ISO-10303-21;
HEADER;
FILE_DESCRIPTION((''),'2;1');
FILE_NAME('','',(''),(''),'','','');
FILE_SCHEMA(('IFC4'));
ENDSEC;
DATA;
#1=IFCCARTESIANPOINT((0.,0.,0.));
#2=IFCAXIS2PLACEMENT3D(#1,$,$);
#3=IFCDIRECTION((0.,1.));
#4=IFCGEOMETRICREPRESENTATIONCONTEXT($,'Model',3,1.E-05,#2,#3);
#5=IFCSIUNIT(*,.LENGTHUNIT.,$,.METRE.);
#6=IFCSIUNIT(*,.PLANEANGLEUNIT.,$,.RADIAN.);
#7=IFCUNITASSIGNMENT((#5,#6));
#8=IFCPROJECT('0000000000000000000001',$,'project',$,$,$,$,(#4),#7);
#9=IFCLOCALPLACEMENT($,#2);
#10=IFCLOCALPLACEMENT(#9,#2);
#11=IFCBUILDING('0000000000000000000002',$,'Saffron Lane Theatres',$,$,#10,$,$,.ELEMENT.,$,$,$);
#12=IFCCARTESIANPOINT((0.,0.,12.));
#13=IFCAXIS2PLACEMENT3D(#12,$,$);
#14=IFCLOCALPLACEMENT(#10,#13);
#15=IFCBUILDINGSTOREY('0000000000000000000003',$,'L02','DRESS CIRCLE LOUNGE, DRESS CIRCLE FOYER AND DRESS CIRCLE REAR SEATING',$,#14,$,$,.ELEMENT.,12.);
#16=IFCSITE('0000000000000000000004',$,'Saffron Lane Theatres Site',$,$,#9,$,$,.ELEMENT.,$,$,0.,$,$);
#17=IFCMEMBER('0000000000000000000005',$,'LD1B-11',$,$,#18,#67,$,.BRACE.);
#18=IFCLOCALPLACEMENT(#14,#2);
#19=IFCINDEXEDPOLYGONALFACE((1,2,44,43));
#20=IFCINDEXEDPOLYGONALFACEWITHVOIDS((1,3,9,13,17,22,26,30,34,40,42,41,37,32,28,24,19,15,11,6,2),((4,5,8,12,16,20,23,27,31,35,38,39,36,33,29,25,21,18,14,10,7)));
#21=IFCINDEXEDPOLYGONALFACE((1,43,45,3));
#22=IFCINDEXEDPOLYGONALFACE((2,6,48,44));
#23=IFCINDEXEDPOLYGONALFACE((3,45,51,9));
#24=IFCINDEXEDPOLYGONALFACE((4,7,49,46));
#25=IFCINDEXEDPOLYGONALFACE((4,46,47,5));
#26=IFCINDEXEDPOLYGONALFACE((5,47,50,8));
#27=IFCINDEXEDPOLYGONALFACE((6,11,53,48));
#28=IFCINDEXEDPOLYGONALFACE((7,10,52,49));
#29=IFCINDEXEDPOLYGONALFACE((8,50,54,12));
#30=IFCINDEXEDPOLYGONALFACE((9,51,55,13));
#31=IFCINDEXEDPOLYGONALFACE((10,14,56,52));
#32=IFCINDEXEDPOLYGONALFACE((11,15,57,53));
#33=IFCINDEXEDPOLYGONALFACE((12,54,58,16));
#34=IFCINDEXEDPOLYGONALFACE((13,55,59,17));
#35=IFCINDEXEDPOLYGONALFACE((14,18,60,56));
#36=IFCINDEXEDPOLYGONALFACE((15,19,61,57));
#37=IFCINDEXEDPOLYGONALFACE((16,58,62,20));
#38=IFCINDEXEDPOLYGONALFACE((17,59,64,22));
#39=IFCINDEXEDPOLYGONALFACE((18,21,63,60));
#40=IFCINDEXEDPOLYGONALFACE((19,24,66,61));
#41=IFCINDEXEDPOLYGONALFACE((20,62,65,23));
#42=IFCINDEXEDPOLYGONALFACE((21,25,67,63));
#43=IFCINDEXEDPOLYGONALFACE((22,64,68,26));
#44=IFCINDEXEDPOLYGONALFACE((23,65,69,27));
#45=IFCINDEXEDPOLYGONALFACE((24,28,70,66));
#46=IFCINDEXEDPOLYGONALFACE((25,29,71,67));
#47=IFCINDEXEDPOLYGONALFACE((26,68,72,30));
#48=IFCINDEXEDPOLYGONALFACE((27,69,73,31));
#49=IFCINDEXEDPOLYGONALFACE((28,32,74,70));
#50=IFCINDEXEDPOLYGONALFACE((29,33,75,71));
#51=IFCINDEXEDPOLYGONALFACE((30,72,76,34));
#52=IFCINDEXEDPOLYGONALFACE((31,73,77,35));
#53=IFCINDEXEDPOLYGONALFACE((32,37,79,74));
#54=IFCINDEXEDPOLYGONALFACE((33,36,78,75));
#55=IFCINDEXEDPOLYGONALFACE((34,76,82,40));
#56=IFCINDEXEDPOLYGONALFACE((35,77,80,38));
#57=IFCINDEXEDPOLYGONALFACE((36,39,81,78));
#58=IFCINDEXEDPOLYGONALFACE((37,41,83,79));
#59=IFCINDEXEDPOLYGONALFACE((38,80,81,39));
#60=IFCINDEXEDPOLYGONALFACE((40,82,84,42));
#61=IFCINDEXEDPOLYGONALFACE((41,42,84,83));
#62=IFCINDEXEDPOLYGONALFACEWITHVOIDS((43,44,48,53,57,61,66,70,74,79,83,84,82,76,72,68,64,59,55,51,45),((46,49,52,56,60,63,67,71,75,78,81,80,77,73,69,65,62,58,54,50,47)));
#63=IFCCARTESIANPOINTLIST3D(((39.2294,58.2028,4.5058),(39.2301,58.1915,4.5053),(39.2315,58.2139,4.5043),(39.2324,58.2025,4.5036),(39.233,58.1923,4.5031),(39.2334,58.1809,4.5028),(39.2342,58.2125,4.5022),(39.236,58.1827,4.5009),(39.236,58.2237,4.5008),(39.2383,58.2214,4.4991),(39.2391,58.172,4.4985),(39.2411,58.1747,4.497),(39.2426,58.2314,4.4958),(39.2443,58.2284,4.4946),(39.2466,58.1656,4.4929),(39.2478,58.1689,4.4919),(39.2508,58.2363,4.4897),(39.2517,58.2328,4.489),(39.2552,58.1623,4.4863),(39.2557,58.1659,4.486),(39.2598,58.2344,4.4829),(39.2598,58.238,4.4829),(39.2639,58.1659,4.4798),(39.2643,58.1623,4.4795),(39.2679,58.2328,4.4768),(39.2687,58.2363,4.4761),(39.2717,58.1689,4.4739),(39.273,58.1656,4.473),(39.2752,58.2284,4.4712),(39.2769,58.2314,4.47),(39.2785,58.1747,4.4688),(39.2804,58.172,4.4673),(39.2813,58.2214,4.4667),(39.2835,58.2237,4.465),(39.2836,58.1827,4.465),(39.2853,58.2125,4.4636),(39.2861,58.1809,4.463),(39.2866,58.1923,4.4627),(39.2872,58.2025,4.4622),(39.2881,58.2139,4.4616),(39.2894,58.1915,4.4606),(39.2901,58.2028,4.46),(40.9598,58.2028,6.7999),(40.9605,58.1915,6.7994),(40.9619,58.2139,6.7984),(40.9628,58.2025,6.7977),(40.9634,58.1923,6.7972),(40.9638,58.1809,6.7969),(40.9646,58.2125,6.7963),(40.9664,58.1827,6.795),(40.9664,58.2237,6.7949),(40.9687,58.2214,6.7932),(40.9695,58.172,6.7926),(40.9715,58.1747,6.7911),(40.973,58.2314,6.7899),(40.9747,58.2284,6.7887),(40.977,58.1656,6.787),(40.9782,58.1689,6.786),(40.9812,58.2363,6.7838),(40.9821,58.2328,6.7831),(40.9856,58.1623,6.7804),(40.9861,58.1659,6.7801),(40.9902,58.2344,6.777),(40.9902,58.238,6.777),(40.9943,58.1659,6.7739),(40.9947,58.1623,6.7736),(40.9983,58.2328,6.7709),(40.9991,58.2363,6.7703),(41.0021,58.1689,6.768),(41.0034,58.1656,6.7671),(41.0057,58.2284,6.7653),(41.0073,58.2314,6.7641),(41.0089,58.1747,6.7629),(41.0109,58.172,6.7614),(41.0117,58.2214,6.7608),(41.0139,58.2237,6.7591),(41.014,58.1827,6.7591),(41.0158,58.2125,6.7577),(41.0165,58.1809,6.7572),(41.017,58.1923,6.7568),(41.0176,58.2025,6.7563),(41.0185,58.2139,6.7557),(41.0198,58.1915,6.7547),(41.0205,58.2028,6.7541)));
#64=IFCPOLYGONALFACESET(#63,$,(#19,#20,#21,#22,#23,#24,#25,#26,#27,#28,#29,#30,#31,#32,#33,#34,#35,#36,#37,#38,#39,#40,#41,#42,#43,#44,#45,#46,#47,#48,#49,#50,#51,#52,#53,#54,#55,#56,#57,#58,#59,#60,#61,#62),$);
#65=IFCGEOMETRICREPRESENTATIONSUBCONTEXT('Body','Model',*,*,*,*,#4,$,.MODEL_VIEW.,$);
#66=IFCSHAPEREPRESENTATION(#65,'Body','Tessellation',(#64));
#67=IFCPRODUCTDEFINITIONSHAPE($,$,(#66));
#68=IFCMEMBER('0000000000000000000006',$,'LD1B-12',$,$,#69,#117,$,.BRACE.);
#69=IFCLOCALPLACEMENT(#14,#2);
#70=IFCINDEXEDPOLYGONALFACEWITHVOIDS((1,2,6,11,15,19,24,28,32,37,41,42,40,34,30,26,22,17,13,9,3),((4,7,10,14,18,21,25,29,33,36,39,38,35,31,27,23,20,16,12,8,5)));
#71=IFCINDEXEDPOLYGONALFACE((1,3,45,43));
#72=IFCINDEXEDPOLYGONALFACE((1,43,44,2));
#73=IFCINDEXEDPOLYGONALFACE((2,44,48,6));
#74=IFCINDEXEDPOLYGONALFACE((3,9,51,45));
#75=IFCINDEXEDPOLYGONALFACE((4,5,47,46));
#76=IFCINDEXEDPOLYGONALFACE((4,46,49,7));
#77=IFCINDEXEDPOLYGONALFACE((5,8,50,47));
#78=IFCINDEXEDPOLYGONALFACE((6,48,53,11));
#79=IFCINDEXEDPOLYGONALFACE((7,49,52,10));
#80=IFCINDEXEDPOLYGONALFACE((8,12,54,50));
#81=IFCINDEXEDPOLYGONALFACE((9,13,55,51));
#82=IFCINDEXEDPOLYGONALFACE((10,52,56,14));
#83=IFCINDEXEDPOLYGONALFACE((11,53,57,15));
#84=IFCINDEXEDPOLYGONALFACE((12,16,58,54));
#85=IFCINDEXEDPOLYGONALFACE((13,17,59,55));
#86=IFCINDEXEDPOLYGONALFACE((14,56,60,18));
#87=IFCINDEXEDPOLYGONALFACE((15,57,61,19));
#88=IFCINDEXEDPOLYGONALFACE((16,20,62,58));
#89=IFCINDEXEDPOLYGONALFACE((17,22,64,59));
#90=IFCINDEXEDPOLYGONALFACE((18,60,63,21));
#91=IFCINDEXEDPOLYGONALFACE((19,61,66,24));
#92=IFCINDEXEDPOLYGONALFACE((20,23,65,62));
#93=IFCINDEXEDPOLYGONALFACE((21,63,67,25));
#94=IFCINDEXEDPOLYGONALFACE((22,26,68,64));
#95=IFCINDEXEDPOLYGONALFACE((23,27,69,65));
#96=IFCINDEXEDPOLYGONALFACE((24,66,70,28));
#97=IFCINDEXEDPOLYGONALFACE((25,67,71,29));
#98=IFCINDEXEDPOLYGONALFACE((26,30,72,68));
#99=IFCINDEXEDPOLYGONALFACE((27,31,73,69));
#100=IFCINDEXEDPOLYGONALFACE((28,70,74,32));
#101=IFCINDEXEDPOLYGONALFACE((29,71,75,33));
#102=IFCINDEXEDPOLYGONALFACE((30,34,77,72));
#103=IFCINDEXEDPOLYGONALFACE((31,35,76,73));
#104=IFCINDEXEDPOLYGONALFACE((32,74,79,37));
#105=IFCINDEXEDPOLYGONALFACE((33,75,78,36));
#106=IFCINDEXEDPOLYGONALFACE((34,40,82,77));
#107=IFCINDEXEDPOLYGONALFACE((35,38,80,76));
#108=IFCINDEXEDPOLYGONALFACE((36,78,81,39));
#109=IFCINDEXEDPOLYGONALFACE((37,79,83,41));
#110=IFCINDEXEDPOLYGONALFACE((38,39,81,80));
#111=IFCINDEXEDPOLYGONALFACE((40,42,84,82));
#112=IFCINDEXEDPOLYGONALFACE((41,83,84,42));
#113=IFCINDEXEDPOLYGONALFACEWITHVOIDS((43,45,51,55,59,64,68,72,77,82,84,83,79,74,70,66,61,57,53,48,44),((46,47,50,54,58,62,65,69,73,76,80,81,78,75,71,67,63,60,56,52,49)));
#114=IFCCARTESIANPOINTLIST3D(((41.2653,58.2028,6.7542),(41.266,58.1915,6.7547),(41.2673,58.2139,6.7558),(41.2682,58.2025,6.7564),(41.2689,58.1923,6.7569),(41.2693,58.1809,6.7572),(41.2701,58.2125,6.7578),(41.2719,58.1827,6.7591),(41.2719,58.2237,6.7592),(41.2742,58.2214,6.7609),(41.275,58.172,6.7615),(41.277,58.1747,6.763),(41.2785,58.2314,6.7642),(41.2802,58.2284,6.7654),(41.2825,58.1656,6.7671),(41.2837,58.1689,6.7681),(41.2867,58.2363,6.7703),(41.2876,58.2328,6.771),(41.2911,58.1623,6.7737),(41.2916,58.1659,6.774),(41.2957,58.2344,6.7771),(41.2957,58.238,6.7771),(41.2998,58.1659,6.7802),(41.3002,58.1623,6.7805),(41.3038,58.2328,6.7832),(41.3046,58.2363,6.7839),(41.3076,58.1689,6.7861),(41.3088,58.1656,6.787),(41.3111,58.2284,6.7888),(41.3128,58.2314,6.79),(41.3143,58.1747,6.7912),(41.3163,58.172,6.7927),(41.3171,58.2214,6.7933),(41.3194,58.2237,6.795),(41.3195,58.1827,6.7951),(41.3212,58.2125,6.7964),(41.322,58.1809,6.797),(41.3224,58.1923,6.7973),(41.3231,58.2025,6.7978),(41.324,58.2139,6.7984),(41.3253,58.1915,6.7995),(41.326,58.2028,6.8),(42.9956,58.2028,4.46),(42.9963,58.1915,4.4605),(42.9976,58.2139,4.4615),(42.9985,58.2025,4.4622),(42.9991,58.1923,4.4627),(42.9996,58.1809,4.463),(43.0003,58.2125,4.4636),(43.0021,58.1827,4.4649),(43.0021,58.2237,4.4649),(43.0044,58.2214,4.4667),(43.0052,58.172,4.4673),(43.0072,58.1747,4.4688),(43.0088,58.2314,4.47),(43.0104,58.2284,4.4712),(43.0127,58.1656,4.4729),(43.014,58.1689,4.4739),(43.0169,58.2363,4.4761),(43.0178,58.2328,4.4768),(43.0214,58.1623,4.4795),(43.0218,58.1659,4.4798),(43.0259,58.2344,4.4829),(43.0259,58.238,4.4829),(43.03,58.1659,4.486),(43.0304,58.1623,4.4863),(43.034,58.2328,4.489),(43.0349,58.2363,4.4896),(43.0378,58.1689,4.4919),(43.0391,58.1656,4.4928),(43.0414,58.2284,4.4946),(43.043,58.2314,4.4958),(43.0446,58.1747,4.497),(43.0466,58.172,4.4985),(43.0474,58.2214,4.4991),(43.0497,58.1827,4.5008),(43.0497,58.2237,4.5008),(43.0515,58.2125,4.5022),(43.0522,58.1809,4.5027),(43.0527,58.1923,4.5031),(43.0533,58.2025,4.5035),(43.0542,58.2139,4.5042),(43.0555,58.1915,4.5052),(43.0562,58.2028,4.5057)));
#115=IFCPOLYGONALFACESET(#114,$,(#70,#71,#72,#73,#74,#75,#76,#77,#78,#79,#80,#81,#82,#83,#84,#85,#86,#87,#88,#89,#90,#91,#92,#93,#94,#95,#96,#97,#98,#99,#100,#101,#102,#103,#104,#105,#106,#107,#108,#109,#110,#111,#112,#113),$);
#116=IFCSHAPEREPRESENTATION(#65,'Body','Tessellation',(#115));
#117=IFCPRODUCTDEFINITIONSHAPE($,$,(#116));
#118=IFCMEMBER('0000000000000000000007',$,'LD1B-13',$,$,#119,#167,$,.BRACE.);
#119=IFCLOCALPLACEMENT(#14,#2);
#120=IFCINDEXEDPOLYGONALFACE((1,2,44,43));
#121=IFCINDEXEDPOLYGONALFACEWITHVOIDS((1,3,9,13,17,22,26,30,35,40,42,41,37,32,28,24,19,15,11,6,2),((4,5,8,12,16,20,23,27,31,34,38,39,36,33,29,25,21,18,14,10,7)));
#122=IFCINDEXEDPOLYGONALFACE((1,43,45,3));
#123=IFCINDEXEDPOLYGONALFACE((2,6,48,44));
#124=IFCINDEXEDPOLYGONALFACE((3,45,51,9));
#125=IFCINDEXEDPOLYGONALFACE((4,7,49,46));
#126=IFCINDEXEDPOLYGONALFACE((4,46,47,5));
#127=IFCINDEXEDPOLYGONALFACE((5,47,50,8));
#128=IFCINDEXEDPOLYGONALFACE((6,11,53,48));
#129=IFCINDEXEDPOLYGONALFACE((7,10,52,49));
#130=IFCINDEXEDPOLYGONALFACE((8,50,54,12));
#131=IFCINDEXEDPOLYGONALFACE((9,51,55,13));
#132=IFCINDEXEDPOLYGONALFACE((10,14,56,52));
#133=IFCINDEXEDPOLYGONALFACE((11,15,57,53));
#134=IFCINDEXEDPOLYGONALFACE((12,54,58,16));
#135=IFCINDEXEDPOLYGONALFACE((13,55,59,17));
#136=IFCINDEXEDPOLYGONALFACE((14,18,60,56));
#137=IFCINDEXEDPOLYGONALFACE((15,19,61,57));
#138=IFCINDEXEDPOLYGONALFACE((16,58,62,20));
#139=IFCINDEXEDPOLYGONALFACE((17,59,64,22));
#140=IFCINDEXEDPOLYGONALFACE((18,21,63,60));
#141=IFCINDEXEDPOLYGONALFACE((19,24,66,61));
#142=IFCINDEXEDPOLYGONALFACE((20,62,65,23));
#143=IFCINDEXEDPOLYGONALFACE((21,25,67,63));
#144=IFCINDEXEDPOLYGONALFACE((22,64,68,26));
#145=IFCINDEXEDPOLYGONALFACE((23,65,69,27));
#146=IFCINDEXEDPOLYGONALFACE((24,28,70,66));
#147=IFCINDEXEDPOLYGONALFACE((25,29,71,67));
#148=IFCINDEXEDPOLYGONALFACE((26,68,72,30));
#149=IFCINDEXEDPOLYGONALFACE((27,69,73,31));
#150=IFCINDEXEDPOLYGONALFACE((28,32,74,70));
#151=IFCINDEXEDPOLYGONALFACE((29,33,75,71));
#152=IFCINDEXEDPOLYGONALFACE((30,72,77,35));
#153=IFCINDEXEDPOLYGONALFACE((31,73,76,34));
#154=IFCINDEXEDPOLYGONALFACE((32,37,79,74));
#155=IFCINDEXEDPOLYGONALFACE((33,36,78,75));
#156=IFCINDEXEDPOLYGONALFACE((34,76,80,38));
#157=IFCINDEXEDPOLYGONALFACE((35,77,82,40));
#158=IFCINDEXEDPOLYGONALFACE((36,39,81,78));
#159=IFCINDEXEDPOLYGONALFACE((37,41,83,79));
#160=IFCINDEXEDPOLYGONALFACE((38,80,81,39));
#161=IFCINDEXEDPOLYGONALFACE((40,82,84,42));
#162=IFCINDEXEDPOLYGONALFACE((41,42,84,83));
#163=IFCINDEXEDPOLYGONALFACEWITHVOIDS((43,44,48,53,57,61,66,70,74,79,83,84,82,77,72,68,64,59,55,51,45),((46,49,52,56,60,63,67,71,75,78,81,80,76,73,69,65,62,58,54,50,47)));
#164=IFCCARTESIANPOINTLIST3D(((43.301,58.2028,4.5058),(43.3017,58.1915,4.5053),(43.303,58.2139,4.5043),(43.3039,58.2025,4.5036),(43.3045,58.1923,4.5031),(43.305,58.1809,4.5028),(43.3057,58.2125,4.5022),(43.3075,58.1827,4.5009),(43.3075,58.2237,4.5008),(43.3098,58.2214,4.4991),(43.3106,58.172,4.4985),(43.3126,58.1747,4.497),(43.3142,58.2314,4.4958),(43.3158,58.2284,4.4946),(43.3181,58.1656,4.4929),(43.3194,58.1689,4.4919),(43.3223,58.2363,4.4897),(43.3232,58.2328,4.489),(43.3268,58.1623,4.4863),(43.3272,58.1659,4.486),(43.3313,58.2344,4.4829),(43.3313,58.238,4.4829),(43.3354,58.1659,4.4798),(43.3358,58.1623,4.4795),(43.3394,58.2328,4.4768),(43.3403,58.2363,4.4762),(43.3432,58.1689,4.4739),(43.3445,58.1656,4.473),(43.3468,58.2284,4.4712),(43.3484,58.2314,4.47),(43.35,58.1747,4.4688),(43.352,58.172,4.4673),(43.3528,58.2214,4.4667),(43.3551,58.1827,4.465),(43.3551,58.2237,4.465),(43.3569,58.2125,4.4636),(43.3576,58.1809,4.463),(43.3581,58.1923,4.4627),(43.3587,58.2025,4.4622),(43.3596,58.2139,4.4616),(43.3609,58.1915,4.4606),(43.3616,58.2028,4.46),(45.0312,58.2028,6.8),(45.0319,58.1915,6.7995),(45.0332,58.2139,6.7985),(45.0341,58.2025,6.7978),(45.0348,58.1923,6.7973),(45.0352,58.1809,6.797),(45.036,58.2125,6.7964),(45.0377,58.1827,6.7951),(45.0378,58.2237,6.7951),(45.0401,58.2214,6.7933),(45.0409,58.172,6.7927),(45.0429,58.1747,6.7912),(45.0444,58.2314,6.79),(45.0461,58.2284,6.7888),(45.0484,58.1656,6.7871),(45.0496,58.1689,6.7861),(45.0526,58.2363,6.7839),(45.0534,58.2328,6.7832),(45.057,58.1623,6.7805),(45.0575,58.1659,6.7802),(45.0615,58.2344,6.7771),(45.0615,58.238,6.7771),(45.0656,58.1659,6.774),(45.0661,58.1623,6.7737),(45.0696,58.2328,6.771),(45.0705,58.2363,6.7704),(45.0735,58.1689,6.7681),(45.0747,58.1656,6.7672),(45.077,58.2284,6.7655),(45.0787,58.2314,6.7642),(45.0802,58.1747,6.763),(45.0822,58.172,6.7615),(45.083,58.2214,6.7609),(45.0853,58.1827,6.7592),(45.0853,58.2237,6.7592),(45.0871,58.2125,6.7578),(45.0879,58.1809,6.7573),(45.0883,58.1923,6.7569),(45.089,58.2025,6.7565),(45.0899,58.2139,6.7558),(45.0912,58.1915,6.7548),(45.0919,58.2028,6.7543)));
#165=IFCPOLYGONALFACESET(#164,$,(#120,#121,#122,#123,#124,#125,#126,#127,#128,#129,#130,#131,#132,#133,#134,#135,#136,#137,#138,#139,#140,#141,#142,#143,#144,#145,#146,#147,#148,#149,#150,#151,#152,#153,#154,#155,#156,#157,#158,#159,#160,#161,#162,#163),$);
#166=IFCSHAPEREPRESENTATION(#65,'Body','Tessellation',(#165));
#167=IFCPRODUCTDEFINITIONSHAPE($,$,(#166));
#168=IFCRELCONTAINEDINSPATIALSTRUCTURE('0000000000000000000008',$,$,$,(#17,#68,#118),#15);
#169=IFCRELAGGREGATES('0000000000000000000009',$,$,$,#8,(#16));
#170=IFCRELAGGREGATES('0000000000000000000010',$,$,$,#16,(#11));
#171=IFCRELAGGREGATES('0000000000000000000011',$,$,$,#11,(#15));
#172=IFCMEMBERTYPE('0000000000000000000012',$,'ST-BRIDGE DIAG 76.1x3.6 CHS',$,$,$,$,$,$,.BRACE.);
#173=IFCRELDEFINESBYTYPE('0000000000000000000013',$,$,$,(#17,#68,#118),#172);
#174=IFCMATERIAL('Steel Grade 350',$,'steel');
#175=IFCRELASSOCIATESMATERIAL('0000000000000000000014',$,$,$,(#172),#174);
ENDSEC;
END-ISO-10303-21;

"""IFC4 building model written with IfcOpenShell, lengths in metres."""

from ifc_helpers import new_model, si_unit, direction, frame, origin, origin_2d, place, context, subcontext, project, spatial, hollow_circle, extrude, material, material_profile, profile_set, type_object, element, save


model = new_model("IFC4")

# Units and contexts
model_context = context("Model", 3, precision=1e-05, world=origin(), true_north=direction((0.0, 1.0)))
body_context = subcontext(model_context, "Body", "Model", "MODEL_VIEW")
ifc_project = project(units=[si_unit("LENGTHUNIT", "METRE"), si_unit("PLANEANGLEUNIT", "RADIAN")], contexts=[model_context])

# Site, building, storey
site_placement = place(None, origin())
site = spatial("IfcSite", under=ifc_project, at=site_placement, Name="Saffron Lane Theatres Site", CompositionType="ELEMENT", RefElevation=0.0)
building_placement = place(site_placement, origin())
building = spatial("IfcBuilding", under=site, at=building_placement, Name="Saffron Lane Theatres", CompositionType="ELEMENT")
storey_placement = place(building_placement, frame((0.0, 0.0, 12.0)))
storey = spatial("IfcBuildingStorey", under=building, at=storey_placement, Name="L02", Description="DRESS CIRCLE LOUNGE, DRESS CIRCLE FOYER AND DRESS CIRCLE REAR SEATING", CompositionType="ELEMENT", Elevation=12.0)

# Members
ifc_material_1 = material(Name="Steel Grade 350", Category="steel")
ifc_material_profile_1 = material_profile(ifc_material_1, hollow_circle(Radius=0.0381, WallThickness=0.0037, at=origin_2d()))
ifc_profile_set_1 = profile_set([ifc_material_profile_1], Name="Steel Grade 350")
member_type = type_object("IfcMemberType", Name="ST-BRIDGE DIAG 76.1x3.6 CHS", PredefinedType="BRACE", material=ifc_profile_set_1)
for number, where, z_axis, x_axis, name in (
    (1, (39.2598, 58.2, 4.4829), (0.602186, 0.0, 0.798356), (0.0, 1.0, 0.0), "LD1B-11"),
    (2, (41.2957, 58.2, 6.7771), (0.602132, 0.0, -0.798396), (0.0, 1.0, 0.0), "LD1B-12"),
    (3, (43.3313, 58.2, 4.4829), (0.602132, 0.0, 0.798396), (0.0, 1.0, 0.0), "LD1B-13"),
):
    element("IfcMember", number, at=place(storey_placement, frame(where, z_axis=z_axis, x_axis=x_axis)), inside=storey, type_object=member_type, Name=name, PredefinedType="BRACE", context=body_context, shape_type="SweptSolid", body=[
        extrude(hollow_circle(Radius=0.0381, WallThickness=0.0037, at=origin_2d()), origin(), (0.0, 0.0, 1.0), 2.8735),
    ])

save(model, "model.ifc")
